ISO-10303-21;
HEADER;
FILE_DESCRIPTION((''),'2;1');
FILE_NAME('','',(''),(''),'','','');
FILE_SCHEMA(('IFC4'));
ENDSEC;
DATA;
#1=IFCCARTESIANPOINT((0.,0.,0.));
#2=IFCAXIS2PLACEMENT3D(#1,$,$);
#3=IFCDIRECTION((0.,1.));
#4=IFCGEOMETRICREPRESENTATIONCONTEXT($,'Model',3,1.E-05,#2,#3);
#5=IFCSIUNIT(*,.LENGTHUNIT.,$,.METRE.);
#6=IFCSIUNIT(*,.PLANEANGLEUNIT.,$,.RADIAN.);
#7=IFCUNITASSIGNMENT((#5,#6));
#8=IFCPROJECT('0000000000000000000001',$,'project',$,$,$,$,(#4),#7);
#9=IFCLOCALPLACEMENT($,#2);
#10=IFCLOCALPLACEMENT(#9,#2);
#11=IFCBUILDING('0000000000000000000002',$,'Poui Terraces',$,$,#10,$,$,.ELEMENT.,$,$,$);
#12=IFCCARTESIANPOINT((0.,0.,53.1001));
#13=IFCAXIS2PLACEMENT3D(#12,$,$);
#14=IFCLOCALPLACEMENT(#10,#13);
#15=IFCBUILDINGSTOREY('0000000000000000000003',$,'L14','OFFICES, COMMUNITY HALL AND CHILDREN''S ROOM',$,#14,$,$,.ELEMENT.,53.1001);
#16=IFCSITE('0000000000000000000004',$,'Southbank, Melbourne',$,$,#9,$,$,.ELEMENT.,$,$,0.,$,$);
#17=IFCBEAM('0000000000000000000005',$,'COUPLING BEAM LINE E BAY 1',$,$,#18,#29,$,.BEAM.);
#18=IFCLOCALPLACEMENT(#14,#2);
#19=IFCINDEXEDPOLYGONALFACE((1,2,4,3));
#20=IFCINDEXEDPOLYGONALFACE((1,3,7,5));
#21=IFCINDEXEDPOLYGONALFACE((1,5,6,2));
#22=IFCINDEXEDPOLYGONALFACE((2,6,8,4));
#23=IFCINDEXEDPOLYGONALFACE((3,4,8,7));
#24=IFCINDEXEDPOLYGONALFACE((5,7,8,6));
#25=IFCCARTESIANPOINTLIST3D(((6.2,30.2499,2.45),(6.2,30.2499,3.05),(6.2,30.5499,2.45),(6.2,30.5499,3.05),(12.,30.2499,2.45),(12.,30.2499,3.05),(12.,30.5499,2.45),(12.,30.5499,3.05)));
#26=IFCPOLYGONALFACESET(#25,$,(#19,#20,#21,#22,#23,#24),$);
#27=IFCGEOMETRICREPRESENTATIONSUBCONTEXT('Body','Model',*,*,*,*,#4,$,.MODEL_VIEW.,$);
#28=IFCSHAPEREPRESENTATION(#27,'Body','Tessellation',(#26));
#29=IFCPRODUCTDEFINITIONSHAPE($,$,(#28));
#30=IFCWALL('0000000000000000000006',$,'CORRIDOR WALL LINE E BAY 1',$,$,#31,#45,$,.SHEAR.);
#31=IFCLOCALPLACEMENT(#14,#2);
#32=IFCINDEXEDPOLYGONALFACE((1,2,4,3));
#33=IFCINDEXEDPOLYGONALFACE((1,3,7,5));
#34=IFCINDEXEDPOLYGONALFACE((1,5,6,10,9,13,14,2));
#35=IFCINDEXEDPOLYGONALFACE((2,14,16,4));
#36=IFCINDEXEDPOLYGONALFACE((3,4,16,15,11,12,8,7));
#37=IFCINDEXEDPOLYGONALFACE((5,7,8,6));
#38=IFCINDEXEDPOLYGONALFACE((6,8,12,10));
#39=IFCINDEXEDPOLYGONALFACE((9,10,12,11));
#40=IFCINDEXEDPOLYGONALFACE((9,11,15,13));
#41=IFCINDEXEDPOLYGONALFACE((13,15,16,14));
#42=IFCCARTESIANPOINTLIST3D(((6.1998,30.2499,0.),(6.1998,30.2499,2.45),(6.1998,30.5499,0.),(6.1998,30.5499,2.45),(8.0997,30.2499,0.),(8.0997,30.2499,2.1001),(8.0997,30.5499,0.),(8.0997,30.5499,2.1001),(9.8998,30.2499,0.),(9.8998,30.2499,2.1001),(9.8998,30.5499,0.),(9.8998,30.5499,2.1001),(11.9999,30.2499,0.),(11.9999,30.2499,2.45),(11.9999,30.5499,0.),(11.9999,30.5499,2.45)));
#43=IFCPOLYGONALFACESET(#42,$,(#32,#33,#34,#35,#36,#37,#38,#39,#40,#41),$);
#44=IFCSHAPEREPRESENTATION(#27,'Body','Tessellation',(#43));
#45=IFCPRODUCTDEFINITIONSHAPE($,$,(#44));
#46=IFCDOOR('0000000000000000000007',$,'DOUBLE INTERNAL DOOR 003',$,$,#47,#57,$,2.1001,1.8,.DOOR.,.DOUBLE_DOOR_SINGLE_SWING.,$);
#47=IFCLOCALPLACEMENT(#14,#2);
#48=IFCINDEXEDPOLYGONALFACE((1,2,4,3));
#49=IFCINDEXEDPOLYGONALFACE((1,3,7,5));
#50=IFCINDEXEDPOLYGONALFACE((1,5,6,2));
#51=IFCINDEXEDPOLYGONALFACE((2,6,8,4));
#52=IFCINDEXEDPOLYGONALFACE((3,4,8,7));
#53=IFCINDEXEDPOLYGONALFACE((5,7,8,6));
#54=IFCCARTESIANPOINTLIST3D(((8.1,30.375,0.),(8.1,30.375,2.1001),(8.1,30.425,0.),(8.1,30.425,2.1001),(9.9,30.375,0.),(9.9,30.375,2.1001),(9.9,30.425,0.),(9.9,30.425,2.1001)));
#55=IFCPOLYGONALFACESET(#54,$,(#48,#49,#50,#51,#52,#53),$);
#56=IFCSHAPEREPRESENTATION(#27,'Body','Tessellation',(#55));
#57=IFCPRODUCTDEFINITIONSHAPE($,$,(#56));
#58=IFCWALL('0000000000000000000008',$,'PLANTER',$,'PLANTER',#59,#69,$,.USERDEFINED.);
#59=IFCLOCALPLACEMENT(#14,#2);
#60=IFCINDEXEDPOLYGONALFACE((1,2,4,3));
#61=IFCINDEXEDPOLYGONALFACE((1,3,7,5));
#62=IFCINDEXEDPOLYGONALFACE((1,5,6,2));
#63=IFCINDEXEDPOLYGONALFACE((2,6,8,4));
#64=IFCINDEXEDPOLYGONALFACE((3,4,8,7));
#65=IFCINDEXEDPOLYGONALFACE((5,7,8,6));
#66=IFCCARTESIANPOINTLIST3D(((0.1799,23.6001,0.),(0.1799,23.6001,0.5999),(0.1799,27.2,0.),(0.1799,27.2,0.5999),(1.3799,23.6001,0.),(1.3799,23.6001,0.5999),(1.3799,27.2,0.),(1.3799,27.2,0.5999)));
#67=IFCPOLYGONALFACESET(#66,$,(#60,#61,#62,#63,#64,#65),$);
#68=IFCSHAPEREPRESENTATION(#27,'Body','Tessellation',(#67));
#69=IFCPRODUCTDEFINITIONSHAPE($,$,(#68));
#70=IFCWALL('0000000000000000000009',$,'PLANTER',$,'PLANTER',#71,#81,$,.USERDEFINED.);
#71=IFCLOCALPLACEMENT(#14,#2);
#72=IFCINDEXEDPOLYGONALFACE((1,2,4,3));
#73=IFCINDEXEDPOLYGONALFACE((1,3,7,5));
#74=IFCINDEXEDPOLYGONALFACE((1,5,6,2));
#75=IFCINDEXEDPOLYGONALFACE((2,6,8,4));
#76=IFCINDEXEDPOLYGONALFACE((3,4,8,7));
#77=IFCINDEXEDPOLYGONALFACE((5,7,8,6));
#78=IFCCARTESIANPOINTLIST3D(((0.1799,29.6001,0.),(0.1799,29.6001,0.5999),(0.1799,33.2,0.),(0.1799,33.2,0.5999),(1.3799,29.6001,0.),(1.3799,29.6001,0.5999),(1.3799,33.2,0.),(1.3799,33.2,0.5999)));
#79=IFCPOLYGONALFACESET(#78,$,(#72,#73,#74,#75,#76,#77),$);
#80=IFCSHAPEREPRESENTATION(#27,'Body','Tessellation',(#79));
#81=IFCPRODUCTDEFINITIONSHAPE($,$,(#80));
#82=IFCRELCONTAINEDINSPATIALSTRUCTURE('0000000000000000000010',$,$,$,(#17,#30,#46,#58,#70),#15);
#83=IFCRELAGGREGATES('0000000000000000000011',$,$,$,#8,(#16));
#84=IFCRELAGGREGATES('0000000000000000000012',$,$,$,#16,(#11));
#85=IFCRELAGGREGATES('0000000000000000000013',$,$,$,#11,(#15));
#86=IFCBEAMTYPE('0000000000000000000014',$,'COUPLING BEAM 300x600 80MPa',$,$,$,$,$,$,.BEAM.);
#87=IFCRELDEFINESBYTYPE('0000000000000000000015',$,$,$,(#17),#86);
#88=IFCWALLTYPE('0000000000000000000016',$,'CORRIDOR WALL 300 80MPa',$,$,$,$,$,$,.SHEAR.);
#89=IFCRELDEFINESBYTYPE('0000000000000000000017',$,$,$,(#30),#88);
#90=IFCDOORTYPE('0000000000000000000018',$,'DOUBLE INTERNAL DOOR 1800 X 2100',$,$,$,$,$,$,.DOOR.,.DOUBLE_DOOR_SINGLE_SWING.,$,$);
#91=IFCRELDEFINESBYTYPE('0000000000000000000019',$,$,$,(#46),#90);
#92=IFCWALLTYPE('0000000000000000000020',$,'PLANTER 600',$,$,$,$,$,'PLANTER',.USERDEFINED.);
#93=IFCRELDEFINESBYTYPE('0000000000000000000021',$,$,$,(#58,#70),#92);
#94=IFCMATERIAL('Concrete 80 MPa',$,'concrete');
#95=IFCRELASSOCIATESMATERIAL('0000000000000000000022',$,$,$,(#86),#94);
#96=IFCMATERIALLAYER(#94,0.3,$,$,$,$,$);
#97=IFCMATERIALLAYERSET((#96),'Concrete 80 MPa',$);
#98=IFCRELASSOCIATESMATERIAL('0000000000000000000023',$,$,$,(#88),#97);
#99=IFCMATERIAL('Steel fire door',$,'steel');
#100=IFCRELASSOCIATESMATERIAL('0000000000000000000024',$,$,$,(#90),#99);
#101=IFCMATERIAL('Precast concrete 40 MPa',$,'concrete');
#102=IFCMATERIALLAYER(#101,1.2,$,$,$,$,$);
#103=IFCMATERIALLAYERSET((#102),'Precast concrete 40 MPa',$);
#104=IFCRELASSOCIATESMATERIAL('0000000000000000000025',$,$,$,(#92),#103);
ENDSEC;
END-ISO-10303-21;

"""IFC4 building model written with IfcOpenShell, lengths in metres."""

from ifc_helpers import new_model, si_unit, direction, frame, frame_2d, origin, origin_2d, place, context, subcontext, project, spatial, polyline, rectangle, outline, extrude, source, transform, mapped, material, layer, layer_set, material_profile, profile_set, type_object, element, fill, save


model = new_model("IFC4")

# Units and contexts
model_context = context("Model", 3, precision=1e-05, world=origin(), true_north=direction((0.0, 1.0)))
body_context = subcontext(model_context, "Body", "Model", "MODEL_VIEW")
ifc_project = project(units=[si_unit("LENGTHUNIT", "METRE"), si_unit("PLANEANGLEUNIT", "RADIAN")], contexts=[model_context])

# Site, building, storey
site_placement = place(None, origin())
site = spatial("IfcSite", under=ifc_project, at=site_placement, Name="Southbank, Melbourne", CompositionType="ELEMENT", RefElevation=0.0)
building_placement = place(site_placement, origin())
building = spatial("IfcBuilding", under=site, at=building_placement, Name="Poui Terraces", CompositionType="ELEMENT")
storey_placement = place(building_placement, frame((0.0, 0.0, 53.1001)))
storey = spatial("IfcBuildingStorey", under=building, at=storey_placement, Name="L14", Description="OFFICES, COMMUNITY HALL AND CHILDREN'S ROOM", CompositionType="ELEMENT", Elevation=53.1001)

# Beam
ifc_material_1 = material(Name="Concrete 80 MPa", Category="concrete")
ifc_material_profile = material_profile(ifc_material_1, rectangle(XDim=0.3, YDim=0.6001, at=origin_2d()), Name="RC 300x600")
ifc_profile_set = profile_set([ifc_material_profile], Name="Concrete 80 MPa")
beam_type = type_object("IfcBeamType", Name="COUPLING BEAM 300x600 80MPa", PredefinedType="BEAM", material=ifc_profile_set)
shared_shape_1 = source(origin(), body_context, "Body", "SweptSolid", [
    extrude(rectangle(XDim=0.3, YDim=0.6001, at=origin_2d()), origin(), (0.0, 0.0, 1.0), 5.8),
])
beam_placement = place(storey_placement, frame((6.2, 30.3999, 2.75), z_axis=(1.0, 0.0, 0.0), x_axis=(0.0, 1.0, 0.0)))
element("IfcBeam", 1, at=beam_placement, inside=storey, type_object=beam_type, Name="COUPLING BEAM LINE E BAY 1", PredefinedType="BEAM", context=body_context, shape_type="MappedRepresentation", body=[
    mapped(shared_shape_1, transform((0.0, 0.0, 0.0))),
])

# Wall, opening, door
ifc_layer_1 = layer(ifc_material_1, 0.3)
ifc_layer_set_1 = layer_set([ifc_layer_1], Name="Concrete 80 MPa")
wall_type_1 = type_object("IfcWallType", Name="CORRIDOR WALL 300 80MPa", PredefinedType="SHEAR", material=ifc_layer_set_1)
wall_placement = place(storey_placement, frame((6.2, 30.3999, 0.0), z_axis=(0.0, 0.0, 1.0), x_axis=(1.0, 0.0, 0.0)))
wall = element("IfcWall", 2, at=wall_placement, inside=storey, type_object=wall_type_1, Name="CORRIDOR WALL LINE E BAY 1", PredefinedType="SHEAR", context=body_context, shape_type="SweptSolid", body=[
    extrude(rectangle(XDim=5.8, YDim=0.3, at=frame_2d((2.8999, 0.0))), origin(), (0.0, 0.0, 1.0), 2.45),
])
opening_placement = place(wall_placement, frame((1.8999, 0.0, 0.0)))
opening = element("IfcOpeningElement", 3, at=opening_placement, cuts=wall, PredefinedType="OPENING", context=body_context, shape_type="SweptSolid", body=[
    extrude(rectangle(XDim=1.8, YDim=2.1001, at=frame_2d((0.8999, 1.05))), frame((0.0, 0.1602, 0.0), z_axis=(0.0, -1.0, 0.0), x_axis=(1.0, 0.0, 0.0)), (0.0, 0.0, 1.0), 0.3201),
])
ifc_material_2 = material(Name="Steel fire door", Category="steel")
door_type = type_object("IfcDoorType", Name="DOUBLE INTERNAL DOOR 1800 X 2100", OperationType="DOUBLE_DOOR_SINGLE_SWING", PredefinedType="DOOR", material=ifc_material_2)
door_placement = place(opening_placement, frame((1.8, 0.0, 0.0), z_axis=(0.0, 0.0, 1.0), x_axis=(-1.0, 0.0, 0.0)))
door = element("IfcDoor", 4, at=door_placement, inside=storey, type_object=door_type, Name="DOUBLE INTERNAL DOOR 003", OperationType="DOUBLE_DOOR_SINGLE_SWING", OverallHeight=2.1001, OverallWidth=1.8, PredefinedType="DOOR", context=body_context, shape_type="SweptSolid", body=[
    extrude(rectangle(XDim=1.8, YDim=2.1001, at=frame_2d((0.8999, 1.05))), frame((0.0, 0.0249, 0.0), z_axis=(0.0, -1.0, 0.0), x_axis=(1.0, 0.0, 0.0)), (0.0, 0.0, 1.0), 0.05),
])
fill(opening, door)

# Walls
ifc_material_3 = material(Name="Precast concrete 40 MPa", Category="concrete")
ifc_layer_2 = layer(ifc_material_3, 1.2)
ifc_layer_set_2 = layer_set([ifc_layer_2], Name="Precast concrete 40 MPa")
wall_type_2 = type_object("IfcWallType", Name="PLANTER 600", ElementType="PLANTER", PredefinedType="USERDEFINED", material=ifc_layer_set_2)
shared_shape_2 = source(origin(), body_context, "Body", "SweptSolid", [
    extrude(outline(polyline([(0.0, 0.0), (1.2, 0.0), (1.2, 3.5999), (0.0, 3.5999), (0.0, 0.0)])), origin(), (0.0, 0.0, 1.0), 0.5999),
])
for number, where, name in (
    (5, (0.1799, 23.6001, 0.0), "PLANTER"),
    (6, (0.1799, 29.6001, 0.0), "PLANTER"),
):
    element("IfcWall", number, at=place(storey_placement, frame(where)), inside=storey, type_object=wall_type_2, Name=name, ObjectType="PLANTER", PredefinedType="USERDEFINED", context=body_context, shape_type="MappedRepresentation", body=[
        mapped(shared_shape_2, transform((0.0, 0.0, 0.0))),
    ])

save(model, "model.ifc")
